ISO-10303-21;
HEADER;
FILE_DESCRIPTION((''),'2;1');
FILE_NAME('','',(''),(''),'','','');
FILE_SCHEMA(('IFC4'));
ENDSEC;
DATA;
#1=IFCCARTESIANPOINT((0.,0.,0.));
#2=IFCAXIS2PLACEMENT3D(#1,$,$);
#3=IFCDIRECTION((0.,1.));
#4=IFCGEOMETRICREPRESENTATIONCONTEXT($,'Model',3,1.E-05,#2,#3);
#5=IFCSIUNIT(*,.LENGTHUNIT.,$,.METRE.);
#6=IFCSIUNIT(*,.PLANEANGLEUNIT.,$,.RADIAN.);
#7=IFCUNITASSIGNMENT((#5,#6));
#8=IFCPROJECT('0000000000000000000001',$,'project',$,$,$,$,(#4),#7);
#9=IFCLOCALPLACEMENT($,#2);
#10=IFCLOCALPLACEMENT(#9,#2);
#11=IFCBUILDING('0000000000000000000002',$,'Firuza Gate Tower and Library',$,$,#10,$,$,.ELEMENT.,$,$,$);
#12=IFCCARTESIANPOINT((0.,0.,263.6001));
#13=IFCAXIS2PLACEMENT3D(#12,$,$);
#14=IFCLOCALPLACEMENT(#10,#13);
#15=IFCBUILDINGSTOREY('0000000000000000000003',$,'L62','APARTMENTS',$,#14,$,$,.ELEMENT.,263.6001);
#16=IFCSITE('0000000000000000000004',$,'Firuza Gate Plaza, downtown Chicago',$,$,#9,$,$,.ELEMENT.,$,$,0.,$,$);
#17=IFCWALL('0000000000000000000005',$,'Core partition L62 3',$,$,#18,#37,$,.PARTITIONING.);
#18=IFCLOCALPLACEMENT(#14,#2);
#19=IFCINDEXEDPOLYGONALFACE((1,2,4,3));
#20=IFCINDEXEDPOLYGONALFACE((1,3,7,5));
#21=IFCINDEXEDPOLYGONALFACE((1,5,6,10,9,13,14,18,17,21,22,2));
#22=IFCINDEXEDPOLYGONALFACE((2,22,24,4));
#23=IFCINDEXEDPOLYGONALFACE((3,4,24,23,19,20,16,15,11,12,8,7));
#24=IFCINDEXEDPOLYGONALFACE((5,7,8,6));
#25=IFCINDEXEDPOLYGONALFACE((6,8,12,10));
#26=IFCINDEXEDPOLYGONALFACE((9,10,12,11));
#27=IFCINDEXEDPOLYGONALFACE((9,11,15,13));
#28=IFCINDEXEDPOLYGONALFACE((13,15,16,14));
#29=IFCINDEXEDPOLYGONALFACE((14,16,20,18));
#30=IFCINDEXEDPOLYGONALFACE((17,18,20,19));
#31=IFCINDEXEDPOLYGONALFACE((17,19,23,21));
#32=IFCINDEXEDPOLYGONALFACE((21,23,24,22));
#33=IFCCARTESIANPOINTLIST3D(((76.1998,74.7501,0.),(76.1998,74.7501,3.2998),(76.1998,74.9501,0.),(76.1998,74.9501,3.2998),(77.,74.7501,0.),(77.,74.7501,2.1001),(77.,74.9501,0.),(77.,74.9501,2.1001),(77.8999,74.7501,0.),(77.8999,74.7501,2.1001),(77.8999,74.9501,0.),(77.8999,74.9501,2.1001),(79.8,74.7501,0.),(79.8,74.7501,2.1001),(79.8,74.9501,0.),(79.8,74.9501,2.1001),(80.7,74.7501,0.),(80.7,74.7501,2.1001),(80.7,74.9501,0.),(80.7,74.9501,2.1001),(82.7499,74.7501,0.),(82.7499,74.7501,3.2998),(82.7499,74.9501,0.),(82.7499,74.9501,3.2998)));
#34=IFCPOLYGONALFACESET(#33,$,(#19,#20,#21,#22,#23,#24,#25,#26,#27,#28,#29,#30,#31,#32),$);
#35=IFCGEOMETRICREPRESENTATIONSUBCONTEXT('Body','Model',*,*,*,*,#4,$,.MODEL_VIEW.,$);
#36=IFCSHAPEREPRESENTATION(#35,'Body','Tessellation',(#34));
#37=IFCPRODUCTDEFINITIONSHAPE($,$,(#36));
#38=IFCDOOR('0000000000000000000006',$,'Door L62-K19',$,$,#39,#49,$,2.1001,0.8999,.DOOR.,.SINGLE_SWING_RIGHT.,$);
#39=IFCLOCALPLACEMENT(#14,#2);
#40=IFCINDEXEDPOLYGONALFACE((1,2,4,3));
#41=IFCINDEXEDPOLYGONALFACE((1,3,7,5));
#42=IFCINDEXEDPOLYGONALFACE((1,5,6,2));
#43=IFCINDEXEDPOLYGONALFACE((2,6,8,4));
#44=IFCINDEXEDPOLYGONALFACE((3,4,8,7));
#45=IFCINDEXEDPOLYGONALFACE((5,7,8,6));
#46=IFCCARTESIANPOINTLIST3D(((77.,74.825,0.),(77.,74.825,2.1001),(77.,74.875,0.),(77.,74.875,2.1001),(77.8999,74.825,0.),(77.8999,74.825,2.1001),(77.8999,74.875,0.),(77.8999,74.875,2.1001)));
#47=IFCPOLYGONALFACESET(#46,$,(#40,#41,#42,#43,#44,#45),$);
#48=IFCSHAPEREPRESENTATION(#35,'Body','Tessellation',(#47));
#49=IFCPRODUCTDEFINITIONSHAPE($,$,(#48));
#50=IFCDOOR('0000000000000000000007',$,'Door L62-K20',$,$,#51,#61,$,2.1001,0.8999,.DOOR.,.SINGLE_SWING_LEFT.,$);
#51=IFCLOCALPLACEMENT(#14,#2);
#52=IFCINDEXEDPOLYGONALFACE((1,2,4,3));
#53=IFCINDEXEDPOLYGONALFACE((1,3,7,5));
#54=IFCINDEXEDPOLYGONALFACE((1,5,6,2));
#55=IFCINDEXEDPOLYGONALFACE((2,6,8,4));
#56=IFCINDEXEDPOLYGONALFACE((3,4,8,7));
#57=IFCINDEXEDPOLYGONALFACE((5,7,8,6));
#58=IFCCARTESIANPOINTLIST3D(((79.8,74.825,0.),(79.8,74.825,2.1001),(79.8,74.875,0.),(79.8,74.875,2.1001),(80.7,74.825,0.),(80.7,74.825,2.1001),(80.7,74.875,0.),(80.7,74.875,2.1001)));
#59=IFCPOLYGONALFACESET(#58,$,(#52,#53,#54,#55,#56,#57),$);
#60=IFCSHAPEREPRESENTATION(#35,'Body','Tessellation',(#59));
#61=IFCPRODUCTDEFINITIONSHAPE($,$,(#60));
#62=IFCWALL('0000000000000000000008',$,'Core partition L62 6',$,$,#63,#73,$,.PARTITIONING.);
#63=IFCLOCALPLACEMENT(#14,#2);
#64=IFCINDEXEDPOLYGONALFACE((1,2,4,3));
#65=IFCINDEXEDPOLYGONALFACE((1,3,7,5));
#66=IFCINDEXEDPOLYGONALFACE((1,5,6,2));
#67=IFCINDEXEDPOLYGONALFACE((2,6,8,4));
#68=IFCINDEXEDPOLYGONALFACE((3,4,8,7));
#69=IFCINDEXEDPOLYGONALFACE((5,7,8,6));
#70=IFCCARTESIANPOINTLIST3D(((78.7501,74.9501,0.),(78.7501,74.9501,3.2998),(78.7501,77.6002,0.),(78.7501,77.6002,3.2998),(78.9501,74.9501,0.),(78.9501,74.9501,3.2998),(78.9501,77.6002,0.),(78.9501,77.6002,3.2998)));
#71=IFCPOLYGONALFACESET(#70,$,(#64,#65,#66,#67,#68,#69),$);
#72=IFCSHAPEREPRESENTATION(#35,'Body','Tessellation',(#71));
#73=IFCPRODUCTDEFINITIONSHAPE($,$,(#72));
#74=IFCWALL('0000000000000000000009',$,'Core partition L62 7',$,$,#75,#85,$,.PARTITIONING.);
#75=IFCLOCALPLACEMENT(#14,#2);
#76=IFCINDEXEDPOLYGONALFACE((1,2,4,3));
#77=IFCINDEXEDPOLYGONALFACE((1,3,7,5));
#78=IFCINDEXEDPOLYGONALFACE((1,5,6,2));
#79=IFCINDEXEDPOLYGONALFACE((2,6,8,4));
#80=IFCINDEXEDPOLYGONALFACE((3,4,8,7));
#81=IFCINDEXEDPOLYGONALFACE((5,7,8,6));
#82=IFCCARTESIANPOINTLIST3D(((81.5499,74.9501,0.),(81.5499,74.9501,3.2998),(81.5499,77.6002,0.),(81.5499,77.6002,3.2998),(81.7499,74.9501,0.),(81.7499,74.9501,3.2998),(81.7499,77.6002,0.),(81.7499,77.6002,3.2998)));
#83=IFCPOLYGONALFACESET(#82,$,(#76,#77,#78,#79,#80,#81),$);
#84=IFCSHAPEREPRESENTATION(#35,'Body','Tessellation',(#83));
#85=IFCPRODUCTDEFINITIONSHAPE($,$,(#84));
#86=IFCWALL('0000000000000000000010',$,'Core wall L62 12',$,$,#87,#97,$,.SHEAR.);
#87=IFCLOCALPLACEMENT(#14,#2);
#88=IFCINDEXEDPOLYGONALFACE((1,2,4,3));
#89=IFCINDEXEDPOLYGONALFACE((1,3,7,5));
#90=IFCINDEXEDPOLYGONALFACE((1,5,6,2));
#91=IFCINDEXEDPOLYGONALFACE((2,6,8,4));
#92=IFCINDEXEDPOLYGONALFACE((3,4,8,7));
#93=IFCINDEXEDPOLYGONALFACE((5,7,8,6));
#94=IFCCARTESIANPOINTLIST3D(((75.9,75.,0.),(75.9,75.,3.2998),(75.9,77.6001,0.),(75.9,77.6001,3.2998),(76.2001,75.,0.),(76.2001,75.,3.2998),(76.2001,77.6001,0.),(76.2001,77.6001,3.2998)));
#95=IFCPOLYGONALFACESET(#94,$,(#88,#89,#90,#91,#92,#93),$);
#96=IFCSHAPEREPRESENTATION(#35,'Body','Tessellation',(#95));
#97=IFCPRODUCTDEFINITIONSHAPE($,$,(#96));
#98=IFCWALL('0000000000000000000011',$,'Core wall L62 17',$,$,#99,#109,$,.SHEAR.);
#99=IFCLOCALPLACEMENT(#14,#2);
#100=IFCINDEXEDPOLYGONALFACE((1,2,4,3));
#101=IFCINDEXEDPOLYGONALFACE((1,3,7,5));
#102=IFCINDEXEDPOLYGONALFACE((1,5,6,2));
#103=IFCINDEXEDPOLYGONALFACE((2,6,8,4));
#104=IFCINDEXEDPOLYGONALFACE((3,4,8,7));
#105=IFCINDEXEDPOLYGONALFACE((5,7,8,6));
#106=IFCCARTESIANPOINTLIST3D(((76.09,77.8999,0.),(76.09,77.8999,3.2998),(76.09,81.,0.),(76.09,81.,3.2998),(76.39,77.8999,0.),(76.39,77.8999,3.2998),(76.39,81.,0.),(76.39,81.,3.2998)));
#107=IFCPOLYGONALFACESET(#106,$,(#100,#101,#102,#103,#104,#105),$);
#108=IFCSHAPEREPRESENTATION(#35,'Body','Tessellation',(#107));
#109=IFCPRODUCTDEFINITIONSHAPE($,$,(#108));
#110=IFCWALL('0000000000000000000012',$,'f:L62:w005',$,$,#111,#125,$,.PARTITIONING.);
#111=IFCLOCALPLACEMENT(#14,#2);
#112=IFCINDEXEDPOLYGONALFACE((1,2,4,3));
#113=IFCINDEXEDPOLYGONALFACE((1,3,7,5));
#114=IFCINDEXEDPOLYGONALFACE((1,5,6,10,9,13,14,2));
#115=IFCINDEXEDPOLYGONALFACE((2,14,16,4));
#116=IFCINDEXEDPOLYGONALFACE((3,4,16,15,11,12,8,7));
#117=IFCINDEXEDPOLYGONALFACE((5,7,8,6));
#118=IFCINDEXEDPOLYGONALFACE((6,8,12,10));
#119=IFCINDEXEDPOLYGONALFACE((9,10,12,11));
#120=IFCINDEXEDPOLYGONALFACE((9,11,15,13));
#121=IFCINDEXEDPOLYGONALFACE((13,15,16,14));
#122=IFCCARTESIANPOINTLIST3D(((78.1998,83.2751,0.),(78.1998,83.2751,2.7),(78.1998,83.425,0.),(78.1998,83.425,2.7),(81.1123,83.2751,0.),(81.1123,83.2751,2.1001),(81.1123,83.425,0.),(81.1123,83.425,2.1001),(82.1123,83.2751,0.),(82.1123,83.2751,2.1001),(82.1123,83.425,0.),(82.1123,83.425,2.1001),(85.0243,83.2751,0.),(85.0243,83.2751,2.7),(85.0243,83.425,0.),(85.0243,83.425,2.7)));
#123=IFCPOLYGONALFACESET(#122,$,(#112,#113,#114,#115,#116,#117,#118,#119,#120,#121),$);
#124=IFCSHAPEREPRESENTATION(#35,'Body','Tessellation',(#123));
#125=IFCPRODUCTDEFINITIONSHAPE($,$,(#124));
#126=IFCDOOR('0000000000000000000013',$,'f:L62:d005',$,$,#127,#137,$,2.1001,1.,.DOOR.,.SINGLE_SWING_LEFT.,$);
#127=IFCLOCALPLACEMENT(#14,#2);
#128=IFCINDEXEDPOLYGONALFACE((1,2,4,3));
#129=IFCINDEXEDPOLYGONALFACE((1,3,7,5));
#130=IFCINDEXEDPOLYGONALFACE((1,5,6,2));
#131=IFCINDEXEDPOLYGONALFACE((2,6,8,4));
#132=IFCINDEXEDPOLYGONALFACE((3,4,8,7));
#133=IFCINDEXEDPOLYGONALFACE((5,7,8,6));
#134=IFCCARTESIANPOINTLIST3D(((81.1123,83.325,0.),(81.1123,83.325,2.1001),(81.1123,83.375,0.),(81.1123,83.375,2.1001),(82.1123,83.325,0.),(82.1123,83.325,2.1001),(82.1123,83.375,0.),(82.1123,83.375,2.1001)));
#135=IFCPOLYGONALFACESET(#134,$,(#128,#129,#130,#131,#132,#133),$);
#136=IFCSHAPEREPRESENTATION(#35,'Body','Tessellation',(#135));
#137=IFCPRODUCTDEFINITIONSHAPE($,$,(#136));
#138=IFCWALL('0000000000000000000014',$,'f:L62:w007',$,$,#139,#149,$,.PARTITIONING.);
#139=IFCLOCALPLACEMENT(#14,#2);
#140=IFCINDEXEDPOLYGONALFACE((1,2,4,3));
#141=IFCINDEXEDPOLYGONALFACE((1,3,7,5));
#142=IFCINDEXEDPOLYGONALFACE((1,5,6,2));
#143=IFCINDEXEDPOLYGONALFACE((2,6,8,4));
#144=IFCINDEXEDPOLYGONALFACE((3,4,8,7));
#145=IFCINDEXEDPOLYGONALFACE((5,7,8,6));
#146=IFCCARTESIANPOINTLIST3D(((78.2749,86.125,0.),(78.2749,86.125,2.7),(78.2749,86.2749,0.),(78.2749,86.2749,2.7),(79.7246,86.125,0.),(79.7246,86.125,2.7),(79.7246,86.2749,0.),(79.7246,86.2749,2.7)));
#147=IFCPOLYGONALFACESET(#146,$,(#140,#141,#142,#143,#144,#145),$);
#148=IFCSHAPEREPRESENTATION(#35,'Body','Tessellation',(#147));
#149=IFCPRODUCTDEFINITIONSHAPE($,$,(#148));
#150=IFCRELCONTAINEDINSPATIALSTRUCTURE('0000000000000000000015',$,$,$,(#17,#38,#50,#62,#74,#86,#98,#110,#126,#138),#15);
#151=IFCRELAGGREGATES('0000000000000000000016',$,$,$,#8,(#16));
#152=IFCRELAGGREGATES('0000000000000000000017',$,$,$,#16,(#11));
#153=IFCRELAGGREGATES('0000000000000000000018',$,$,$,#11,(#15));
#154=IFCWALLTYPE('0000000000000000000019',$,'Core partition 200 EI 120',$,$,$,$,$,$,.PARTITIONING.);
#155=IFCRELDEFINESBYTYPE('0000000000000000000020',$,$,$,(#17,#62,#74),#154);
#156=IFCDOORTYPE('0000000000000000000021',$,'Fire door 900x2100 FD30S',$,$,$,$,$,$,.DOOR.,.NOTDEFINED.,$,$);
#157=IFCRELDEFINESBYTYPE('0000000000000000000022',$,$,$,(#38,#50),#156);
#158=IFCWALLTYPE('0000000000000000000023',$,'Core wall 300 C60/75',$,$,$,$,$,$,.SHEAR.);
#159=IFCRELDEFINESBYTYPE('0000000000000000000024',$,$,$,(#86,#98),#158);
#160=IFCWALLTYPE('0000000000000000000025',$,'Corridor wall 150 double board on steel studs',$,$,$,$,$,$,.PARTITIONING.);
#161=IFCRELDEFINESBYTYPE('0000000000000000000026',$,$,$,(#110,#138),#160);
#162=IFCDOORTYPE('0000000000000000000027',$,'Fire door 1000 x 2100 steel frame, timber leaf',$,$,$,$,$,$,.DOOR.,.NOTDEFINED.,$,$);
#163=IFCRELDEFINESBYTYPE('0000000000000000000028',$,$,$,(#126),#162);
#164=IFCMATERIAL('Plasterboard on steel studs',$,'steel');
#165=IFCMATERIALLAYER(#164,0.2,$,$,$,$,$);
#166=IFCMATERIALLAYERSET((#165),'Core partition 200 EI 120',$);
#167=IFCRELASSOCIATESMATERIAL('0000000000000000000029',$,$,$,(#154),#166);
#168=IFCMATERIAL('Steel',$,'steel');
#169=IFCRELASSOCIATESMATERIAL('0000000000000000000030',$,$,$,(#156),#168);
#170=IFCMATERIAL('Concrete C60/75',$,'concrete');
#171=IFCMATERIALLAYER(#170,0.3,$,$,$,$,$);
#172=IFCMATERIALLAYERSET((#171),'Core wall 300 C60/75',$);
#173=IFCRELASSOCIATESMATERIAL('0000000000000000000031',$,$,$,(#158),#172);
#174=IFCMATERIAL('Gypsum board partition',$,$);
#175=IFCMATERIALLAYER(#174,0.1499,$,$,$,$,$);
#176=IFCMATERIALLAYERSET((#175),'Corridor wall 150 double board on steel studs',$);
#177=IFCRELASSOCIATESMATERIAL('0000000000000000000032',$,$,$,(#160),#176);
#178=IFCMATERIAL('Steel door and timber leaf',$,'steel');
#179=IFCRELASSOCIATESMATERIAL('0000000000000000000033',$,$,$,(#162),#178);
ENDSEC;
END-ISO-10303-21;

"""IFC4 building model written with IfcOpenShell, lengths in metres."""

from ifc_helpers import new_model, si_unit, direction, frame, frame_2d, origin, place, context, subcontext, project, spatial, rectangle, extrude, material, layer, layer_set, type_object, element, fill, save


model = new_model("IFC4")

# Units and contexts
model_context = context("Model", 3, precision=1e-05, world=origin(), true_north=direction((0.0, 1.0)))
body_context = subcontext(model_context, "Body", "Model", "MODEL_VIEW")
ifc_project = project(units=[si_unit("LENGTHUNIT", "METRE"), si_unit("PLANEANGLEUNIT", "RADIAN")], contexts=[model_context])

# Site, building, storey
site_placement = place(None, origin())
site = spatial("IfcSite", under=ifc_project, at=site_placement, Name="Firuza Gate Plaza, downtown Chicago", CompositionType="ELEMENT", RefElevation=0.0)
building_placement = place(site_placement, origin())
building = spatial("IfcBuilding", under=site, at=building_placement, Name="Firuza Gate Tower and Library", CompositionType="ELEMENT")
storey_placement = place(building_placement, frame((0.0, 0.0, 263.6001)))
storey = spatial("IfcBuildingStorey", under=building, at=storey_placement, Name="L62", Description="APARTMENTS", CompositionType="ELEMENT", Elevation=263.6001)

# Wall, openings, doors
ifc_material_1 = material(Name="Plasterboard on steel studs", Category="steel")
ifc_layer_1 = layer(ifc_material_1, 0.2)
ifc_layer_set_1 = layer_set([ifc_layer_1], Name="Core partition 200 EI 120")
wall_type_1 = type_object("IfcWallType", Name="Core partition 200 EI 120", PredefinedType="PARTITIONING", material=ifc_layer_set_1)
wall_1_placement = place(storey_placement, frame((76.2, 74.8501, 0.0), z_axis=(0.0, 0.0, 1.0), x_axis=(1.0, 0.0, 0.0)))
wall_1 = element("IfcWall", 1, at=wall_1_placement, inside=storey, type_object=wall_type_1, Name="Core partition L62 3", PredefinedType="PARTITIONING", context=body_context, shape_type="SweptSolid", body=[
    extrude(rectangle(XDim=6.55, YDim=0.2, at=frame_2d((3.2749, 0.0))), origin(), (0.0, 0.0, 1.0), 3.2998),
])
opening_1_placement = place(wall_1_placement, frame((0.8, 0.0, 0.0)))
opening_1 = element("IfcOpeningElement", 2, at=opening_1_placement, cuts=wall_1, PredefinedType="OPENING", context=body_context, shape_type="SweptSolid", body=[
    extrude(rectangle(XDim=0.8999, YDim=2.1001, at=frame_2d((0.45, 1.05))), frame((0.0, 0.1099, 0.0), z_axis=(0.0, -1.0, 0.0), x_axis=(1.0, 0.0, 0.0)), (0.0, 0.0, 1.0), 0.22),
])
opening_2_placement = place(wall_1_placement, frame((3.6001, 0.0, 0.0)))
opening_2 = element("IfcOpeningElement", 3, at=opening_2_placement, cuts=wall_1, PredefinedType="OPENING", context=body_context, shape_type="SweptSolid", body=[
    extrude(rectangle(XDim=0.8999, YDim=2.1001, at=frame_2d((0.45, 1.05))), frame((0.0, 0.1099, 0.0), z_axis=(0.0, -1.0, 0.0), x_axis=(1.0, 0.0, 0.0)), (0.0, 0.0, 1.0), 0.22),
])
ifc_material_2 = material(Name="Steel", Category="steel")
door_type_1 = type_object("IfcDoorType", Name="Fire door 900x2100 FD30S", OperationType="NOTDEFINED", PredefinedType="DOOR", material=ifc_material_2)
door_1_placement = place(opening_1_placement, origin())
door_1 = element("IfcDoor", 4, at=door_1_placement, inside=storey, type_object=door_type_1, Name="Door L62-K19", OperationType="SINGLE_SWING_RIGHT", OverallHeight=2.1001, OverallWidth=0.8999, PredefinedType="DOOR", context=body_context, shape_type="SweptSolid", body=[
    extrude(rectangle(XDim=0.8999, YDim=2.1001, at=frame_2d((0.45, 1.05))), frame((0.0, 0.0249, 0.0), z_axis=(0.0, -1.0, 0.0), x_axis=(1.0, 0.0, 0.0)), (0.0, 0.0, 1.0), 0.05),
])
fill(opening_1, door_1)
door_2_placement = place(opening_2_placement, origin())
door_2 = element("IfcDoor", 5, at=door_2_placement, inside=storey, type_object=door_type_1, Name="Door L62-K20", OperationType="SINGLE_SWING_LEFT", OverallHeight=2.1001, OverallWidth=0.8999, PredefinedType="DOOR", context=body_context, shape_type="SweptSolid", body=[
    extrude(rectangle(XDim=0.8999, YDim=2.1001, at=frame_2d((0.45, 1.05))), frame((0.0, 0.0249, 0.0), z_axis=(0.0, -1.0, 0.0), x_axis=(1.0, 0.0, 0.0)), (0.0, 0.0, 1.0), 0.05),
])
fill(opening_2, door_2)

# Walls
for number, where, z_axis, x_axis, name in (
    (6, (78.8501, 74.95, 0.0), (0.0, 0.0, 1.0), (0.0, 1.0, 0.0), "Core partition L62 6"),
    (7, (81.6499, 74.95, 0.0), (0.0, 0.0, 1.0), (0.0, 1.0, 0.0), "Core partition L62 7"),
):
    element("IfcWall", number, at=place(storey_placement, frame(where, z_axis=z_axis, x_axis=x_axis)), inside=storey, type_object=wall_type_1, Name=name, PredefinedType="PARTITIONING", context=body_context, shape_type="SweptSolid", body=[
        extrude(rectangle(XDim=2.6501, YDim=0.2, at=frame_2d((1.3252, 0.0))), origin(), (0.0, 0.0, 1.0), 3.2998),
    ])
ifc_material_3 = material(Name="Concrete C60/75", Category="concrete")
ifc_layer_2 = layer(ifc_material_3, 0.3)
ifc_layer_set_2 = layer_set([ifc_layer_2], Name="Core wall 300 C60/75")
wall_type_2 = type_object("IfcWallType", Name="Core wall 300 C60/75", PredefinedType="SHEAR", material=ifc_layer_set_2)
wall_2_placement = place(storey_placement, frame((76.05, 75.0, 0.0), z_axis=(0.0, 0.0, 1.0), x_axis=(0.0, 1.0, 0.0)))
element("IfcWall", 8, at=wall_2_placement, inside=storey, type_object=wall_type_2, Name="Core wall L62 12", PredefinedType="SHEAR", context=body_context, shape_type="SweptSolid", body=[
    extrude(rectangle(XDim=2.6001, YDim=0.3, at=frame_2d((1.3, 0.0))), origin(), (0.0, 0.0, 1.0), 3.2998),
])
wall_3_placement = place(storey_placement, frame((76.24, 77.8999, 0.0), z_axis=(0.0, 0.0, 1.0), x_axis=(0.0, 1.0, 0.0)))
element("IfcWall", 9, at=wall_3_placement, inside=storey, type_object=wall_type_2, Name="Core wall L62 17", PredefinedType="SHEAR", context=body_context, shape_type="SweptSolid", body=[
    extrude(rectangle(XDim=3.1001, YDim=0.3, at=frame_2d((1.55, 0.0))), origin(), (0.0, 0.0, 1.0), 3.2998),
])

# Wall, opening, door
ifc_material_4 = material(Name="Gypsum board partition")
ifc_layer_3 = layer(ifc_material_4, 0.1499)
ifc_layer_set_3 = layer_set([ifc_layer_3], Name="Corridor wall 150 double board on steel studs")
wall_type_3 = type_object("IfcWallType", Name="Corridor wall 150 double board on steel studs", PredefinedType="PARTITIONING", material=ifc_layer_set_3)
wall_4_placement = place(storey_placement, frame((78.2, 83.3501, 0.0), z_axis=(0.0, 0.0, 1.0), x_axis=(1.0, 0.0, 0.0)))
wall_4 = element("IfcWall", 10, at=wall_4_placement, inside=storey, type_object=wall_type_3, Name="f:L62:w005", PredefinedType="PARTITIONING", context=body_context, shape_type="SweptSolid", body=[
    extrude(rectangle(XDim=6.8245, YDim=0.1499, at=frame_2d((3.4121, 0.0))), origin(), (0.0, 0.0, 1.0), 2.7),
])
opening_3_placement = place(wall_4_placement, frame((2.9124, 0.0, 0.0)))
opening_3 = element("IfcOpeningElement", 11, at=opening_3_placement, cuts=wall_4, PredefinedType="OPENING", context=body_context, shape_type="SweptSolid", body=[
    extrude(rectangle(XDim=1.0, YDim=2.1001, at=frame_2d((0.5, 1.05))), frame((0.0, 0.085, 0.0), z_axis=(0.0, -1.0, 0.0), x_axis=(1.0, 0.0, 0.0)), (0.0, 0.0, 1.0), 0.1699),
])
ifc_material_5 = material(Name="Steel door and timber leaf", Category="steel")
door_type_2 = type_object("IfcDoorType", Name="Fire door 1000 x 2100 steel frame, timber leaf", OperationType="NOTDEFINED", PredefinedType="DOOR", material=ifc_material_5)
door_3_placement = place(opening_3_placement, origin())
door_3 = element("IfcDoor", 12, at=door_3_placement, inside=storey, type_object=door_type_2, Name="f:L62:d005", OperationType="SINGLE_SWING_LEFT", OverallHeight=2.1001, OverallWidth=1.0, PredefinedType="DOOR", context=body_context, shape_type="SweptSolid", body=[
    extrude(rectangle(XDim=1.0, YDim=2.1001, at=frame_2d((0.5, 1.05))), frame((0.0, 0.0249, 0.0), z_axis=(0.0, -1.0, 0.0), x_axis=(1.0, 0.0, 0.0)), (0.0, 0.0, 1.0), 0.05),
])
fill(opening_3, door_3)

# Wall
wall_5_placement = place(storey_placement, frame((78.2749, 86.2, 0.0), z_axis=(0.0, 0.0, 1.0), x_axis=(1.0, 0.0, 0.0)))
element("IfcWall", 13, at=wall_5_placement, inside=storey, type_object=wall_type_3, Name="f:L62:w007", PredefinedType="PARTITIONING", context=body_context, shape_type="SweptSolid", body=[
    extrude(rectangle(XDim=1.4497, YDim=0.1499, at=frame_2d((0.7249, 0.0))), origin(), (0.0, 0.0, 1.0), 2.7),
])

save(model, "model.ifc")
